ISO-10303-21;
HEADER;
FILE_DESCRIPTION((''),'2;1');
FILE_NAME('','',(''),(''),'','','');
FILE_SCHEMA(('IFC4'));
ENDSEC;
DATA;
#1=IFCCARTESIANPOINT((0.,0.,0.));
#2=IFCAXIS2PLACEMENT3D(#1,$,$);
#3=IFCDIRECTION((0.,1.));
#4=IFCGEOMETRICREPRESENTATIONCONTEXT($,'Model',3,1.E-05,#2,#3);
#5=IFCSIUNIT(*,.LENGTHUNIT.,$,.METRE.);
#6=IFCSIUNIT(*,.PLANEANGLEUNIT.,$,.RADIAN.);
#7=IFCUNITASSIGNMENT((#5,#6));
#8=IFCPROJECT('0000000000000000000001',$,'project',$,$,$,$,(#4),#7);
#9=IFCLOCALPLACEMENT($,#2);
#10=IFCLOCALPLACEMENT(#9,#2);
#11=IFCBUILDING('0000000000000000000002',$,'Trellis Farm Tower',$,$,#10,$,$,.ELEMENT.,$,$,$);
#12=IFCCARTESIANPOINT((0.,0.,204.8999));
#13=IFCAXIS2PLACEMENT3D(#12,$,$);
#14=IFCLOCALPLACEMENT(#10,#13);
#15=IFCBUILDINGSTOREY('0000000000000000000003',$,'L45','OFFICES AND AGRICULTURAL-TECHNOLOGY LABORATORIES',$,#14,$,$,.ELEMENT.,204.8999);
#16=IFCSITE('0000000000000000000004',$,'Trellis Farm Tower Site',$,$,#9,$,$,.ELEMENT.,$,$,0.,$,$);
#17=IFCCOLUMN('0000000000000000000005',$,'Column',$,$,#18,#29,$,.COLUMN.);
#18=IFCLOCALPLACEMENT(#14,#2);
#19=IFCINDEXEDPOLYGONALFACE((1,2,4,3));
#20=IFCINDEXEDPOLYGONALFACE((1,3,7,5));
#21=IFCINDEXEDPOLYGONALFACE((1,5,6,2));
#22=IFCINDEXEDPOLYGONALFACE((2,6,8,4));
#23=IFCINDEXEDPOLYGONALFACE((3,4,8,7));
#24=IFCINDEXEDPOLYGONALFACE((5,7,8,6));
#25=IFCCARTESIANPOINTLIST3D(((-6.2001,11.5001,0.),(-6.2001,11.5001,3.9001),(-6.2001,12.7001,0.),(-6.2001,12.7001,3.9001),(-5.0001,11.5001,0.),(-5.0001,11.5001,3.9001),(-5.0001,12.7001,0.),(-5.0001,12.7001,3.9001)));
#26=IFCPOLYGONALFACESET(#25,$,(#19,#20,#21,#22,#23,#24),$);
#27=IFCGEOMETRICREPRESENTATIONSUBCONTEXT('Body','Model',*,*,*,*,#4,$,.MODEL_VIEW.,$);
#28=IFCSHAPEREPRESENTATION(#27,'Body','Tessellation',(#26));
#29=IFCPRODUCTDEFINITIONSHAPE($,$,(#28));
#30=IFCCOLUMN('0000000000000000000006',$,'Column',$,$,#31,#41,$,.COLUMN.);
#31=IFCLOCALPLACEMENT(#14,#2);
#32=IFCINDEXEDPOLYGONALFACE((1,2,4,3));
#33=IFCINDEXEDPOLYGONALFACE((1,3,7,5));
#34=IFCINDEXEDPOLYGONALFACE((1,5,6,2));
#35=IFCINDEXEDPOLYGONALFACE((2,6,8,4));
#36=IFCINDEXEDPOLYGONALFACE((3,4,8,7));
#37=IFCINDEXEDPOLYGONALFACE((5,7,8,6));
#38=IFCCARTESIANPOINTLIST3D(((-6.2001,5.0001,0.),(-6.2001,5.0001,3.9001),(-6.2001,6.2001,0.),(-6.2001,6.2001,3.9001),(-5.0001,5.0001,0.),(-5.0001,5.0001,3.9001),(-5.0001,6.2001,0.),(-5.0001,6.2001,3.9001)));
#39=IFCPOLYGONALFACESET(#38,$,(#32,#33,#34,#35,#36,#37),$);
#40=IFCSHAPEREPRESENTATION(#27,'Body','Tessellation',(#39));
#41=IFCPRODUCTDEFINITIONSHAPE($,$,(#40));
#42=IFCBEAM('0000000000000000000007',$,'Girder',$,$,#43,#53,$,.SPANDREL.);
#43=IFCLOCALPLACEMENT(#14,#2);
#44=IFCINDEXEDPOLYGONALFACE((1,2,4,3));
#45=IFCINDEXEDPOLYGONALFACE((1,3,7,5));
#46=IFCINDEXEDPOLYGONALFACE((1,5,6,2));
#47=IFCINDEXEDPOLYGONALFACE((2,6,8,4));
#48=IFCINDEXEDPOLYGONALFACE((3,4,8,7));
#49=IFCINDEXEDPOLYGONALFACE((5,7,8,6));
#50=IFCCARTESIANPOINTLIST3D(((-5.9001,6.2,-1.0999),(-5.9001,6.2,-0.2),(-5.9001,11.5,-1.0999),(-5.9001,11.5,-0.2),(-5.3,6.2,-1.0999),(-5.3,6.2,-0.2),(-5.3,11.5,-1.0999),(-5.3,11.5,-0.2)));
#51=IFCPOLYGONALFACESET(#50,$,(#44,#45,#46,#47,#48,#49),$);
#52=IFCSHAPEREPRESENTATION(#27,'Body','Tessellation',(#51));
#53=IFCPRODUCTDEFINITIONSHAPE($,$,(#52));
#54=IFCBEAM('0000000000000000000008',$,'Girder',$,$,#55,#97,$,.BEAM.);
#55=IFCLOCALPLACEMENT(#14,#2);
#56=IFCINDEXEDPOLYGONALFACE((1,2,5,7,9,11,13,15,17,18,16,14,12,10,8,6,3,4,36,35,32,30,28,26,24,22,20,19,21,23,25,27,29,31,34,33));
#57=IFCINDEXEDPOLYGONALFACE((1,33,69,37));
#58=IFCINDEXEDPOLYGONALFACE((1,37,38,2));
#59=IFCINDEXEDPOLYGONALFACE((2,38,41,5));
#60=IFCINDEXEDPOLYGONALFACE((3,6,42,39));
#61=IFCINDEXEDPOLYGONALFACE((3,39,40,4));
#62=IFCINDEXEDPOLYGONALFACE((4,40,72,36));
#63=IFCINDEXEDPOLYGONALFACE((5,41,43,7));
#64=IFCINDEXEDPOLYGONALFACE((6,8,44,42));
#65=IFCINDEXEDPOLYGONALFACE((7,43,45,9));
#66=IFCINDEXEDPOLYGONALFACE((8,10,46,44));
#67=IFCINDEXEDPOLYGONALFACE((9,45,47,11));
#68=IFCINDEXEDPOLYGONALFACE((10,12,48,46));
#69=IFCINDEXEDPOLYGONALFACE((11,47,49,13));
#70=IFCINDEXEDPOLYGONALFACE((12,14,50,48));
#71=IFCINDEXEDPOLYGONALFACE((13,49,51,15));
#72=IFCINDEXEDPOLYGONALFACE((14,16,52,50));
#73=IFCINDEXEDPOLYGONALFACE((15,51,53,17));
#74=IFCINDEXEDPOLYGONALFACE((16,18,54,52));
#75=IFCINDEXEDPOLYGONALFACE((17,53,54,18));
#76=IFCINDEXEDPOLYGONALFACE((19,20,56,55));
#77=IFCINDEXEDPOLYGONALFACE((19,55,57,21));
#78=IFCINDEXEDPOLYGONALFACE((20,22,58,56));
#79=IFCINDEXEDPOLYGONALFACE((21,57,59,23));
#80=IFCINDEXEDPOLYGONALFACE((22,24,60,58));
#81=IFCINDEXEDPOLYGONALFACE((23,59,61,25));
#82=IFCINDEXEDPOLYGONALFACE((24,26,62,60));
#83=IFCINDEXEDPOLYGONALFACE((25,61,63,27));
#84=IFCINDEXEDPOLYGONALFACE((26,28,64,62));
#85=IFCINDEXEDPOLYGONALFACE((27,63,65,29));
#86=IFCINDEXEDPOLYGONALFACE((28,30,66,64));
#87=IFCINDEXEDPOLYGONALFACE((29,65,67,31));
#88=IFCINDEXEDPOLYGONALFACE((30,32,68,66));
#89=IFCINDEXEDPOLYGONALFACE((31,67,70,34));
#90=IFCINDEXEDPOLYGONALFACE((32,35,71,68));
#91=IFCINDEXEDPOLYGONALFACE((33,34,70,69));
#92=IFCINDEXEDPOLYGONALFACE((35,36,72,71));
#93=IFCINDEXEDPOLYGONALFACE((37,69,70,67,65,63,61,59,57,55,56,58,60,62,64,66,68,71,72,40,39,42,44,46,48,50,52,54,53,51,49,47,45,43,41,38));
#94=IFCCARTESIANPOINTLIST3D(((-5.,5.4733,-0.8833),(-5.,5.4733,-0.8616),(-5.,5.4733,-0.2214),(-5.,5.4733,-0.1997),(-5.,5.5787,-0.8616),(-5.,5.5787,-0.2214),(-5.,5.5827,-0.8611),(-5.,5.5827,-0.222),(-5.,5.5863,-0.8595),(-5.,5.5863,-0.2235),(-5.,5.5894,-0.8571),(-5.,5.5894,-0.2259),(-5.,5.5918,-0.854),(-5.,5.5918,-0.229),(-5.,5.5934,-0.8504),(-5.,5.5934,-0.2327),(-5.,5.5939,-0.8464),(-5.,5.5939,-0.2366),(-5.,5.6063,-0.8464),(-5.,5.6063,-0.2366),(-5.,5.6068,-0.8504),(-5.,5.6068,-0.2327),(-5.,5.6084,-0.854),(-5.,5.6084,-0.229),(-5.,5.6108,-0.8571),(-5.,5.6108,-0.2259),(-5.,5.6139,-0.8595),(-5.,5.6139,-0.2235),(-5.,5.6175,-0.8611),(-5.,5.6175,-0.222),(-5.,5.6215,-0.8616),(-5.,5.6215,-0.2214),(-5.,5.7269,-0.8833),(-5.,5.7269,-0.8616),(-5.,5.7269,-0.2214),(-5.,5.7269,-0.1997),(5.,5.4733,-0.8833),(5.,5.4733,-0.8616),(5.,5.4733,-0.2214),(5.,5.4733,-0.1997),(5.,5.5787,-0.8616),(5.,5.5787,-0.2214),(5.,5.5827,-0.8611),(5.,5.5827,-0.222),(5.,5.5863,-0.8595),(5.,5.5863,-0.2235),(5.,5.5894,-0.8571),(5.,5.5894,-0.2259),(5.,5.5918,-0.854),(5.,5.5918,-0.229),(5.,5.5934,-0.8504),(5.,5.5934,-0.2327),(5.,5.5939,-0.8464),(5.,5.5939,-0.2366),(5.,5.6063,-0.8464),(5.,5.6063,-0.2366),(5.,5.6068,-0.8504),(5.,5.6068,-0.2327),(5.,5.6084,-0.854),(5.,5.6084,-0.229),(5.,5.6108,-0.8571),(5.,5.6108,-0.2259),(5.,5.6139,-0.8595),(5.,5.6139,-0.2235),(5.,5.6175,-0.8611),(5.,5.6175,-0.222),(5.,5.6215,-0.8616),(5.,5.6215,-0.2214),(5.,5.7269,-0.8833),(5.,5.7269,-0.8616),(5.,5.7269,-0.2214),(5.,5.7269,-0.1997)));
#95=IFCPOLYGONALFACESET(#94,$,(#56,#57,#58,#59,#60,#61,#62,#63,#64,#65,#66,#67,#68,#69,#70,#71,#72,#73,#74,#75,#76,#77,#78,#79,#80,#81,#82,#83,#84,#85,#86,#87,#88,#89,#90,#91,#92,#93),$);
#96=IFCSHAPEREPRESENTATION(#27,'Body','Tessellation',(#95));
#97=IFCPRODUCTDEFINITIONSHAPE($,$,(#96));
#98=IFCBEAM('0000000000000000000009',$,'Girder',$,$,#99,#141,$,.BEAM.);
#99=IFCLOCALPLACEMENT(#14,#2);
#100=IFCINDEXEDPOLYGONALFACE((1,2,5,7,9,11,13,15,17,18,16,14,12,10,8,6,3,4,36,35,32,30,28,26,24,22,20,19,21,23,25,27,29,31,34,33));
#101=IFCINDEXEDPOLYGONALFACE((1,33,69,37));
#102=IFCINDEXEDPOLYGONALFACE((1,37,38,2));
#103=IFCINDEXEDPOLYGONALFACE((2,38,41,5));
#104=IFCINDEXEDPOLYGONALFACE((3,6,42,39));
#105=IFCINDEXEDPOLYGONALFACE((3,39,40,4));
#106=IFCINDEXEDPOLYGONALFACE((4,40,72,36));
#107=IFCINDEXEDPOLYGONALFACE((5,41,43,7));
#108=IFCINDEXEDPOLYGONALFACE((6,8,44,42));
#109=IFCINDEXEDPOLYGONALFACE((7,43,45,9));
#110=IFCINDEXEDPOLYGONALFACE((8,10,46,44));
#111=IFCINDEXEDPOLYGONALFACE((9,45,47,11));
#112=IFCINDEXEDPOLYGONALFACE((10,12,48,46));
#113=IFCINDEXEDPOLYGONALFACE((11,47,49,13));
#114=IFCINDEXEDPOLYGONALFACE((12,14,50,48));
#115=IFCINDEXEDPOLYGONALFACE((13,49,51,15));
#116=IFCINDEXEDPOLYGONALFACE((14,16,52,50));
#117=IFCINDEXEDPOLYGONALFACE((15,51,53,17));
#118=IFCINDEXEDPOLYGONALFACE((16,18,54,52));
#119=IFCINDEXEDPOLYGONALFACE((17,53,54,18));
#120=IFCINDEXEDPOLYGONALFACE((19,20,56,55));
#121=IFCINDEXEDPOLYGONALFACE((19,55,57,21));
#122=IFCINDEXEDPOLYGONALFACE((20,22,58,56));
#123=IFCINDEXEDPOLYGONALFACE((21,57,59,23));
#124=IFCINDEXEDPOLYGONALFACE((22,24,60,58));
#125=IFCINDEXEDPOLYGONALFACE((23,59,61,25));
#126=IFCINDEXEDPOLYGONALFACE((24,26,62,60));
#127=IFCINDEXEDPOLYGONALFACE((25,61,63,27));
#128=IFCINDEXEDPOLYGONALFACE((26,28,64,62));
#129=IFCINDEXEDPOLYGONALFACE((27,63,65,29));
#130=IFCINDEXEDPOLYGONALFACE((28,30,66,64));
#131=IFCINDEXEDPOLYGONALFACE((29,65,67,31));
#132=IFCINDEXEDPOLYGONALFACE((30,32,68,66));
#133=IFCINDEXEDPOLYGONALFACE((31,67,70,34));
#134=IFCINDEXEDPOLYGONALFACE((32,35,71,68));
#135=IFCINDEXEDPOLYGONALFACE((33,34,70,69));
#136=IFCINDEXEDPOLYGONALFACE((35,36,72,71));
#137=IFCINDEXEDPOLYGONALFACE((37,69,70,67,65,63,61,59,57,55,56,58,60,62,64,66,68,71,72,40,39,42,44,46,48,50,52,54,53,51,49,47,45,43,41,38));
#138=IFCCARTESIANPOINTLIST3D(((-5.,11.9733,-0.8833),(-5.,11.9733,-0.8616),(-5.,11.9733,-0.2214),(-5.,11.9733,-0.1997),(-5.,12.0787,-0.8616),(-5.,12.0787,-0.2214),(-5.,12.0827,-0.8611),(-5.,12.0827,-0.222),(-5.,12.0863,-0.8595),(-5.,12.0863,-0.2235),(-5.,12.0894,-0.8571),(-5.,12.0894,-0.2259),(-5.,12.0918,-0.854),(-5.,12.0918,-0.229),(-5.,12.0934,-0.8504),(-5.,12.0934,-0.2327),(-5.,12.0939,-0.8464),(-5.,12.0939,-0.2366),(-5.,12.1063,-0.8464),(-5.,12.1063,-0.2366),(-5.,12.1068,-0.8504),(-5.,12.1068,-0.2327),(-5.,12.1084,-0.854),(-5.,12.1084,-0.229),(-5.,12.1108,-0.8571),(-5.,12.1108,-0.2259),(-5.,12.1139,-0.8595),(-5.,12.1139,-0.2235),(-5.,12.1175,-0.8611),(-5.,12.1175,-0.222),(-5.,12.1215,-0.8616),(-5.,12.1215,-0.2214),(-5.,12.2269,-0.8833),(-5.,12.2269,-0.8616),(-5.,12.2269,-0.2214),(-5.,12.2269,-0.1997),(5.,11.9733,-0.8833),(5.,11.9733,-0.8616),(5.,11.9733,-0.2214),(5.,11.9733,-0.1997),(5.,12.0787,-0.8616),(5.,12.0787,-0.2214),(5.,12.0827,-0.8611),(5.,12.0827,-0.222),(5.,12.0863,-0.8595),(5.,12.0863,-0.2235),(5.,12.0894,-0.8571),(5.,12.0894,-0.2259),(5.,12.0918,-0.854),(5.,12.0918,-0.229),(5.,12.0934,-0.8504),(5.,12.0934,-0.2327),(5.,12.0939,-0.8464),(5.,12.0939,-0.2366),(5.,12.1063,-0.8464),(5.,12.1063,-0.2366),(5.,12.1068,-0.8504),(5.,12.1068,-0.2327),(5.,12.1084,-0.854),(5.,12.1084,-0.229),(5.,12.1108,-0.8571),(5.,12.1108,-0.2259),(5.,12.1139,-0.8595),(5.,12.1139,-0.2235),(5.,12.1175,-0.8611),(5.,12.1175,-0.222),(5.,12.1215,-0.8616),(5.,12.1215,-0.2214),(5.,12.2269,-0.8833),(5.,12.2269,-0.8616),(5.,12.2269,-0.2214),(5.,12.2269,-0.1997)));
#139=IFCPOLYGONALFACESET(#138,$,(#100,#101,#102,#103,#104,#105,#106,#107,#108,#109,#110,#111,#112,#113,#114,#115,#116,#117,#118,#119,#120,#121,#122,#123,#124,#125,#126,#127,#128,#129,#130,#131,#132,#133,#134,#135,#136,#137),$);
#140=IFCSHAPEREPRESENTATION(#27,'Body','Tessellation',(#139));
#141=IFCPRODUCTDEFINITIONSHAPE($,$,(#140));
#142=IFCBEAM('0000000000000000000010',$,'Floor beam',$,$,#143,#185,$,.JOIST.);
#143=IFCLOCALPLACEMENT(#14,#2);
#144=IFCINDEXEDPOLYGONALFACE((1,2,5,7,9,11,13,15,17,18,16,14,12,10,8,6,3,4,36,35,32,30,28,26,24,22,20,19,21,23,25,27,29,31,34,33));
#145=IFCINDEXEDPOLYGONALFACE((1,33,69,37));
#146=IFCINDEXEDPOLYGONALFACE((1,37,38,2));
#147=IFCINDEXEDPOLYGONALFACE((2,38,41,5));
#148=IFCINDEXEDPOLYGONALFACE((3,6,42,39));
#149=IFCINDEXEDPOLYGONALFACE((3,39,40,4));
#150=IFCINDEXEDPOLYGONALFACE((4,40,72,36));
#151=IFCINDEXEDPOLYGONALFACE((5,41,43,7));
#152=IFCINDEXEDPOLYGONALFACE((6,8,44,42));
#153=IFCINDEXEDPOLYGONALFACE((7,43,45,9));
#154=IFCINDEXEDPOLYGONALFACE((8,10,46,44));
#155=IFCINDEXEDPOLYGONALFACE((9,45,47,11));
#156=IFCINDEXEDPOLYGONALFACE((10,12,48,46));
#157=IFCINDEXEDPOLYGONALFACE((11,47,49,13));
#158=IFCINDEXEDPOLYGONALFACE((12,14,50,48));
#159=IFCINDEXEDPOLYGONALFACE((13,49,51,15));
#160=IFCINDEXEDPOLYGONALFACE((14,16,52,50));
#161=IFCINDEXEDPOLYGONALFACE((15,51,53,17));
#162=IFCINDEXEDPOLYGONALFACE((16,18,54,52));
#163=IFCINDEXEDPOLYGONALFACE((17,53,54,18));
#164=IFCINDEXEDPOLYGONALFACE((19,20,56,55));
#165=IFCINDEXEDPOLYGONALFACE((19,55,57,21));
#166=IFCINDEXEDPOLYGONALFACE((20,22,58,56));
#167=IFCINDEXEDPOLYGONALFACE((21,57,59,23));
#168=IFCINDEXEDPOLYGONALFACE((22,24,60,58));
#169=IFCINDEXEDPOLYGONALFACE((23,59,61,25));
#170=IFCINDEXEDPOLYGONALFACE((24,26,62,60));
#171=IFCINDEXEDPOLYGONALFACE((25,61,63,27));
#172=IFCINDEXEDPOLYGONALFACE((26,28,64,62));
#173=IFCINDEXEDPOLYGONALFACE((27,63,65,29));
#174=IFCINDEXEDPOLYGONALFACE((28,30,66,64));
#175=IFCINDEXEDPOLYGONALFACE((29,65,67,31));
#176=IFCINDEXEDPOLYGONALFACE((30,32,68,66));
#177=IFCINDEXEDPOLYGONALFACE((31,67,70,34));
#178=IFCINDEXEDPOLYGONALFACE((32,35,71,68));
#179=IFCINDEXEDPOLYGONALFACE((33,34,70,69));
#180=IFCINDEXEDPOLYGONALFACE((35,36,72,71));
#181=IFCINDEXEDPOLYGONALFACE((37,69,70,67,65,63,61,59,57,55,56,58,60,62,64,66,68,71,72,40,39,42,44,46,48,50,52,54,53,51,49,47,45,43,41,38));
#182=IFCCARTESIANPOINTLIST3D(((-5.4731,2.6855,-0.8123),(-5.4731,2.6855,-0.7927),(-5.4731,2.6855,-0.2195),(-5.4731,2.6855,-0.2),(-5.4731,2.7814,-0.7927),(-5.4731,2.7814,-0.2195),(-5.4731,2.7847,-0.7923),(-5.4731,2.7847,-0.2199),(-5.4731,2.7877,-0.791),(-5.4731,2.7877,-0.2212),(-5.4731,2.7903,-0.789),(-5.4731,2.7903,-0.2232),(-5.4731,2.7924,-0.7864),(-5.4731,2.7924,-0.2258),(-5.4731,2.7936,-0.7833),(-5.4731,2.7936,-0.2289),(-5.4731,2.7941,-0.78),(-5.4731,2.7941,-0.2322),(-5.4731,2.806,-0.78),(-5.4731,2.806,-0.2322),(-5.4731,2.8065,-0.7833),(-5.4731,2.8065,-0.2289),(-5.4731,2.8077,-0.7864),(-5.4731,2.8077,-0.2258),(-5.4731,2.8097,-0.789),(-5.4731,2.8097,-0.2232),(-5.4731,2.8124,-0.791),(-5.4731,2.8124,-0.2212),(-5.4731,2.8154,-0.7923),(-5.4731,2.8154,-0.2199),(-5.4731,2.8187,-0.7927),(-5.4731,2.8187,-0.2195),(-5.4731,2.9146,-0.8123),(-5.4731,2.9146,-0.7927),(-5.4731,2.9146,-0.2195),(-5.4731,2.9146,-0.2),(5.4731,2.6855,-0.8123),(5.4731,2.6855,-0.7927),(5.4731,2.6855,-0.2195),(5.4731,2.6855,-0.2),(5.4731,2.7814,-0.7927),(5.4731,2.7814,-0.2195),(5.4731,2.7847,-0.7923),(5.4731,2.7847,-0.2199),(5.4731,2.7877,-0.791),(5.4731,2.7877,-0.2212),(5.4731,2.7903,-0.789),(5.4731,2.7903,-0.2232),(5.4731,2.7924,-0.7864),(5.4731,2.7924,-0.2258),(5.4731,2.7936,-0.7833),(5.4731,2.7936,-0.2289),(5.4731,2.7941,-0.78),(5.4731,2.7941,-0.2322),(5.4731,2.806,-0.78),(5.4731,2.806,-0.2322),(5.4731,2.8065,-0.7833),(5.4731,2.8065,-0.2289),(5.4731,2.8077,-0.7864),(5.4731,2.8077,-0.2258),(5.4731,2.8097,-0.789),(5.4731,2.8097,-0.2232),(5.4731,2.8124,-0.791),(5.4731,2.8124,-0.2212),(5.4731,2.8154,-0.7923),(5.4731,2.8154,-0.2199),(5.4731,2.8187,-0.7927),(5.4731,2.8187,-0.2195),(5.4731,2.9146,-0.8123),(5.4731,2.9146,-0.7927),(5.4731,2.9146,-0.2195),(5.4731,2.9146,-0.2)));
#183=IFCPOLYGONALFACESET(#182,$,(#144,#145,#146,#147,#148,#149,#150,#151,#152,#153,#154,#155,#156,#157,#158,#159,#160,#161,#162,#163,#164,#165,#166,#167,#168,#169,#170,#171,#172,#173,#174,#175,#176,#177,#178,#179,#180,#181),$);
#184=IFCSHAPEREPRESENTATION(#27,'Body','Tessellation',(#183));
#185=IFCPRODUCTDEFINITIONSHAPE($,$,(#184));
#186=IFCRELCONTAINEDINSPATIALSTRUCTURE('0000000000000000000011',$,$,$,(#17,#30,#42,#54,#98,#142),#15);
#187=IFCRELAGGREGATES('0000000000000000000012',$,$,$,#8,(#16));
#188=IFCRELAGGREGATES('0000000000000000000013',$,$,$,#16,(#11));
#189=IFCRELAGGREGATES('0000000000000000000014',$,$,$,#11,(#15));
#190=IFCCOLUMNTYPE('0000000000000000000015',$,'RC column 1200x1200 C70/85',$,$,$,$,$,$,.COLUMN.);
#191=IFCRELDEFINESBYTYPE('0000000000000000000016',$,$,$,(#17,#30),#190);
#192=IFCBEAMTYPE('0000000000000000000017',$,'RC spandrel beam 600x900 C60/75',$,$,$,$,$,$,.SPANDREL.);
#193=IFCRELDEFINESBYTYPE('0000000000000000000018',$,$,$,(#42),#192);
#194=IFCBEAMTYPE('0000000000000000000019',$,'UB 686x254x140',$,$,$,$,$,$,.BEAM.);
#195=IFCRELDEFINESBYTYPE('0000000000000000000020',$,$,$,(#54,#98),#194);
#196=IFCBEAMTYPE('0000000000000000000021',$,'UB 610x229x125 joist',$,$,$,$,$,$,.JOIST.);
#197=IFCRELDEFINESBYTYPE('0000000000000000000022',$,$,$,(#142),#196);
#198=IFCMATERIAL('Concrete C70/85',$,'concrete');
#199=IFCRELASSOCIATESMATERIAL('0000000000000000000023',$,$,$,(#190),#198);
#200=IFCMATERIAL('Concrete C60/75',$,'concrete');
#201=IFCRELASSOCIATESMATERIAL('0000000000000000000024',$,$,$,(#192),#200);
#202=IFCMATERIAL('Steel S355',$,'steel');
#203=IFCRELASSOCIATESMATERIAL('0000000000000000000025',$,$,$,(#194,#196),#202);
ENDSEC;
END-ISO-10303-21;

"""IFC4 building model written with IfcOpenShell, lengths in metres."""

from ifc_helpers import new_model, si_unit, direction, frame, origin, origin_2d, place, context, subcontext, project, spatial, rectangle, i_section, extrude, source, transform, mapped, material, material_profile, profile_set, type_object, element, save


model = new_model("IFC4")

# Units and contexts
model_context = context("Model", 3, precision=1e-05, world=origin(), true_north=direction((0.0, 1.0)))
body_context = subcontext(model_context, "Body", "Model", "MODEL_VIEW")
ifc_project = project(units=[si_unit("LENGTHUNIT", "METRE"), si_unit("PLANEANGLEUNIT", "RADIAN")], contexts=[model_context])

# Site, building, storey
site_placement = place(None, origin())
site = spatial("IfcSite", under=ifc_project, at=site_placement, Name="Trellis Farm Tower Site", CompositionType="ELEMENT", RefElevation=0.0)
building_placement = place(site_placement, origin())
building = spatial("IfcBuilding", under=site, at=building_placement, Name="Trellis Farm Tower", CompositionType="ELEMENT")
storey_placement = place(building_placement, frame((0.0, 0.0, 204.8999)))
storey = spatial("IfcBuildingStorey", under=building, at=storey_placement, Name="L45", Description="OFFICES AND AGRICULTURAL-TECHNOLOGY LABORATORIES", CompositionType="ELEMENT", Elevation=204.8999)

# Columns
ifc_material_1 = material(Name="Concrete C70/85", Category="concrete")
ifc_material_profile_1 = material_profile(ifc_material_1, rectangle(XDim=1.2, YDim=1.2, at=origin_2d()), Name="RC column 1200x1200 C70/85")
ifc_profile_set_1 = profile_set([ifc_material_profile_1], Name="Concrete C70/85")
column_type = type_object("IfcColumnType", Name="RC column 1200x1200 C70/85", PredefinedType="COLUMN", material=ifc_profile_set_1)
shared_shape_1 = source(origin(), body_context, "Body", "SweptSolid", [
    extrude(rectangle(XDim=1.2, YDim=1.2, at=origin_2d()), origin(), (0.0, 0.0, 1.0), 3.9001),
])
for number, where, z_axis, x_axis, name in (
    (1, (-5.6001, 12.1001, 0.0), (0.0, 0.0, 1.0), (1.0, 0.0, 0.0), "Column"),
    (2, (-5.6001, 5.6001, 0.0), (0.0, 0.0, 1.0), (1.0, 0.0, 0.0), "Column"),
):
    element("IfcColumn", number, at=place(storey_placement, frame(where, z_axis=z_axis, x_axis=x_axis)), inside=storey, type_object=column_type, Name=name, PredefinedType="COLUMN", context=body_context, shape_type="MappedRepresentation", body=[
        mapped(shared_shape_1, transform((0.0, 0.0, 0.0))),
    ])

# Beams
ifc_material_2 = material(Name="Concrete C60/75", Category="concrete")
ifc_material_profile_2 = material_profile(ifc_material_2, rectangle(XDim=0.6001, YDim=0.8999, at=origin_2d()), Name="RC spandrel beam 600x900 C60/75")
ifc_profile_set_2 = profile_set([ifc_material_profile_2], Name="Concrete C60/75")
beam_type_1 = type_object("IfcBeamType", Name="RC spandrel beam 600x900 C60/75", PredefinedType="SPANDREL", material=ifc_profile_set_2)
shared_shape_2 = source(origin(), body_context, "Body", "SweptSolid", [
    extrude(rectangle(XDim=0.6001, YDim=0.8999, at=origin_2d()), origin(), (0.0, 0.0, 1.0), 5.3),
])
beam_1_placement = place(storey_placement, frame((-5.6001, 6.2, -0.6499), z_axis=(0.0, 1.0, 0.0), x_axis=(-1.0, 0.0, 0.0)))
element("IfcBeam", 3, at=beam_1_placement, inside=storey, type_object=beam_type_1, Name="Girder", PredefinedType="SPANDREL", context=body_context, shape_type="MappedRepresentation", body=[
    mapped(shared_shape_2, transform((0.0, 0.0, 0.0))),
])
ifc_material_3 = material(Name="Steel S355", Category="steel")
ifc_material_profile_3 = material_profile(ifc_material_3, i_section(OverallWidth=0.2537, OverallDepth=0.6836, WebThickness=0.0125, FlangeThickness=0.0217, FilletRadius=0.0151, at=origin_2d()), Name="UB 686x254x140")
ifc_profile_set_3 = profile_set([ifc_material_profile_3], Name="Steel S355")
beam_type_2 = type_object("IfcBeamType", Name="UB 686x254x140", PredefinedType="BEAM", material=ifc_profile_set_3)
shared_shape_3 = source(origin(), body_context, "Body", "SweptSolid", [
    extrude(i_section(OverallWidth=0.2537, OverallDepth=0.6836, WebThickness=0.0125, FlangeThickness=0.0217, FilletRadius=0.0151, at=origin_2d()), origin(), (0.0, 0.0, 1.0), 10.0),
])
for number, where, z_axis, x_axis, name in (
    (4, (-5.0, 5.6001, -0.5415), (1.0, 0.0, 0.0), (0.0, 1.0, 0.0), "Girder"),
    (5, (-5.0, 12.1001, -0.5415), (1.0, 0.0, 0.0), (0.0, 1.0, 0.0), "Girder"),
):
    element("IfcBeam", number, at=place(storey_placement, frame(where, z_axis=z_axis, x_axis=x_axis)), inside=storey, type_object=beam_type_2, Name=name, PredefinedType="BEAM", context=body_context, shape_type="MappedRepresentation", body=[
        mapped(shared_shape_3, transform((0.0, 0.0, 0.0))),
    ])
ifc_material_profile_4 = material_profile(ifc_material_3, i_section(OverallWidth=0.229, OverallDepth=0.6123, WebThickness=0.012, FlangeThickness=0.0195, FilletRadius=0.0127, at=origin_2d()), Name="UB 610x229x125")
ifc_profile_set_4 = profile_set([ifc_material_profile_4], Name="Steel S355")
beam_type_3 = type_object("IfcBeamType", Name="UB 610x229x125 joist", PredefinedType="JOIST", material=ifc_profile_set_4)
shared_shape_4 = source(origin(), body_context, "Body", "SweptSolid", [
    extrude(i_section(OverallWidth=0.229, OverallDepth=0.6123, WebThickness=0.012, FlangeThickness=0.0195, FilletRadius=0.0127, at=origin_2d()), origin(), (0.0, 0.0, 1.0), 10.9463),
])
beam_2_placement = place(storey_placement, frame((-5.4731, 2.8, -0.5061), z_axis=(1.0, 0.0, 0.0), x_axis=(0.0, 1.0, 0.0)))
element("IfcBeam", 6, at=beam_2_placement, inside=storey, type_object=beam_type_3, Name="Floor beam", PredefinedType="JOIST", context=body_context, shape_type="MappedRepresentation", body=[
    mapped(shared_shape_4, transform((0.0, 0.0, 0.0))),
])

save(model, "model.ifc")
